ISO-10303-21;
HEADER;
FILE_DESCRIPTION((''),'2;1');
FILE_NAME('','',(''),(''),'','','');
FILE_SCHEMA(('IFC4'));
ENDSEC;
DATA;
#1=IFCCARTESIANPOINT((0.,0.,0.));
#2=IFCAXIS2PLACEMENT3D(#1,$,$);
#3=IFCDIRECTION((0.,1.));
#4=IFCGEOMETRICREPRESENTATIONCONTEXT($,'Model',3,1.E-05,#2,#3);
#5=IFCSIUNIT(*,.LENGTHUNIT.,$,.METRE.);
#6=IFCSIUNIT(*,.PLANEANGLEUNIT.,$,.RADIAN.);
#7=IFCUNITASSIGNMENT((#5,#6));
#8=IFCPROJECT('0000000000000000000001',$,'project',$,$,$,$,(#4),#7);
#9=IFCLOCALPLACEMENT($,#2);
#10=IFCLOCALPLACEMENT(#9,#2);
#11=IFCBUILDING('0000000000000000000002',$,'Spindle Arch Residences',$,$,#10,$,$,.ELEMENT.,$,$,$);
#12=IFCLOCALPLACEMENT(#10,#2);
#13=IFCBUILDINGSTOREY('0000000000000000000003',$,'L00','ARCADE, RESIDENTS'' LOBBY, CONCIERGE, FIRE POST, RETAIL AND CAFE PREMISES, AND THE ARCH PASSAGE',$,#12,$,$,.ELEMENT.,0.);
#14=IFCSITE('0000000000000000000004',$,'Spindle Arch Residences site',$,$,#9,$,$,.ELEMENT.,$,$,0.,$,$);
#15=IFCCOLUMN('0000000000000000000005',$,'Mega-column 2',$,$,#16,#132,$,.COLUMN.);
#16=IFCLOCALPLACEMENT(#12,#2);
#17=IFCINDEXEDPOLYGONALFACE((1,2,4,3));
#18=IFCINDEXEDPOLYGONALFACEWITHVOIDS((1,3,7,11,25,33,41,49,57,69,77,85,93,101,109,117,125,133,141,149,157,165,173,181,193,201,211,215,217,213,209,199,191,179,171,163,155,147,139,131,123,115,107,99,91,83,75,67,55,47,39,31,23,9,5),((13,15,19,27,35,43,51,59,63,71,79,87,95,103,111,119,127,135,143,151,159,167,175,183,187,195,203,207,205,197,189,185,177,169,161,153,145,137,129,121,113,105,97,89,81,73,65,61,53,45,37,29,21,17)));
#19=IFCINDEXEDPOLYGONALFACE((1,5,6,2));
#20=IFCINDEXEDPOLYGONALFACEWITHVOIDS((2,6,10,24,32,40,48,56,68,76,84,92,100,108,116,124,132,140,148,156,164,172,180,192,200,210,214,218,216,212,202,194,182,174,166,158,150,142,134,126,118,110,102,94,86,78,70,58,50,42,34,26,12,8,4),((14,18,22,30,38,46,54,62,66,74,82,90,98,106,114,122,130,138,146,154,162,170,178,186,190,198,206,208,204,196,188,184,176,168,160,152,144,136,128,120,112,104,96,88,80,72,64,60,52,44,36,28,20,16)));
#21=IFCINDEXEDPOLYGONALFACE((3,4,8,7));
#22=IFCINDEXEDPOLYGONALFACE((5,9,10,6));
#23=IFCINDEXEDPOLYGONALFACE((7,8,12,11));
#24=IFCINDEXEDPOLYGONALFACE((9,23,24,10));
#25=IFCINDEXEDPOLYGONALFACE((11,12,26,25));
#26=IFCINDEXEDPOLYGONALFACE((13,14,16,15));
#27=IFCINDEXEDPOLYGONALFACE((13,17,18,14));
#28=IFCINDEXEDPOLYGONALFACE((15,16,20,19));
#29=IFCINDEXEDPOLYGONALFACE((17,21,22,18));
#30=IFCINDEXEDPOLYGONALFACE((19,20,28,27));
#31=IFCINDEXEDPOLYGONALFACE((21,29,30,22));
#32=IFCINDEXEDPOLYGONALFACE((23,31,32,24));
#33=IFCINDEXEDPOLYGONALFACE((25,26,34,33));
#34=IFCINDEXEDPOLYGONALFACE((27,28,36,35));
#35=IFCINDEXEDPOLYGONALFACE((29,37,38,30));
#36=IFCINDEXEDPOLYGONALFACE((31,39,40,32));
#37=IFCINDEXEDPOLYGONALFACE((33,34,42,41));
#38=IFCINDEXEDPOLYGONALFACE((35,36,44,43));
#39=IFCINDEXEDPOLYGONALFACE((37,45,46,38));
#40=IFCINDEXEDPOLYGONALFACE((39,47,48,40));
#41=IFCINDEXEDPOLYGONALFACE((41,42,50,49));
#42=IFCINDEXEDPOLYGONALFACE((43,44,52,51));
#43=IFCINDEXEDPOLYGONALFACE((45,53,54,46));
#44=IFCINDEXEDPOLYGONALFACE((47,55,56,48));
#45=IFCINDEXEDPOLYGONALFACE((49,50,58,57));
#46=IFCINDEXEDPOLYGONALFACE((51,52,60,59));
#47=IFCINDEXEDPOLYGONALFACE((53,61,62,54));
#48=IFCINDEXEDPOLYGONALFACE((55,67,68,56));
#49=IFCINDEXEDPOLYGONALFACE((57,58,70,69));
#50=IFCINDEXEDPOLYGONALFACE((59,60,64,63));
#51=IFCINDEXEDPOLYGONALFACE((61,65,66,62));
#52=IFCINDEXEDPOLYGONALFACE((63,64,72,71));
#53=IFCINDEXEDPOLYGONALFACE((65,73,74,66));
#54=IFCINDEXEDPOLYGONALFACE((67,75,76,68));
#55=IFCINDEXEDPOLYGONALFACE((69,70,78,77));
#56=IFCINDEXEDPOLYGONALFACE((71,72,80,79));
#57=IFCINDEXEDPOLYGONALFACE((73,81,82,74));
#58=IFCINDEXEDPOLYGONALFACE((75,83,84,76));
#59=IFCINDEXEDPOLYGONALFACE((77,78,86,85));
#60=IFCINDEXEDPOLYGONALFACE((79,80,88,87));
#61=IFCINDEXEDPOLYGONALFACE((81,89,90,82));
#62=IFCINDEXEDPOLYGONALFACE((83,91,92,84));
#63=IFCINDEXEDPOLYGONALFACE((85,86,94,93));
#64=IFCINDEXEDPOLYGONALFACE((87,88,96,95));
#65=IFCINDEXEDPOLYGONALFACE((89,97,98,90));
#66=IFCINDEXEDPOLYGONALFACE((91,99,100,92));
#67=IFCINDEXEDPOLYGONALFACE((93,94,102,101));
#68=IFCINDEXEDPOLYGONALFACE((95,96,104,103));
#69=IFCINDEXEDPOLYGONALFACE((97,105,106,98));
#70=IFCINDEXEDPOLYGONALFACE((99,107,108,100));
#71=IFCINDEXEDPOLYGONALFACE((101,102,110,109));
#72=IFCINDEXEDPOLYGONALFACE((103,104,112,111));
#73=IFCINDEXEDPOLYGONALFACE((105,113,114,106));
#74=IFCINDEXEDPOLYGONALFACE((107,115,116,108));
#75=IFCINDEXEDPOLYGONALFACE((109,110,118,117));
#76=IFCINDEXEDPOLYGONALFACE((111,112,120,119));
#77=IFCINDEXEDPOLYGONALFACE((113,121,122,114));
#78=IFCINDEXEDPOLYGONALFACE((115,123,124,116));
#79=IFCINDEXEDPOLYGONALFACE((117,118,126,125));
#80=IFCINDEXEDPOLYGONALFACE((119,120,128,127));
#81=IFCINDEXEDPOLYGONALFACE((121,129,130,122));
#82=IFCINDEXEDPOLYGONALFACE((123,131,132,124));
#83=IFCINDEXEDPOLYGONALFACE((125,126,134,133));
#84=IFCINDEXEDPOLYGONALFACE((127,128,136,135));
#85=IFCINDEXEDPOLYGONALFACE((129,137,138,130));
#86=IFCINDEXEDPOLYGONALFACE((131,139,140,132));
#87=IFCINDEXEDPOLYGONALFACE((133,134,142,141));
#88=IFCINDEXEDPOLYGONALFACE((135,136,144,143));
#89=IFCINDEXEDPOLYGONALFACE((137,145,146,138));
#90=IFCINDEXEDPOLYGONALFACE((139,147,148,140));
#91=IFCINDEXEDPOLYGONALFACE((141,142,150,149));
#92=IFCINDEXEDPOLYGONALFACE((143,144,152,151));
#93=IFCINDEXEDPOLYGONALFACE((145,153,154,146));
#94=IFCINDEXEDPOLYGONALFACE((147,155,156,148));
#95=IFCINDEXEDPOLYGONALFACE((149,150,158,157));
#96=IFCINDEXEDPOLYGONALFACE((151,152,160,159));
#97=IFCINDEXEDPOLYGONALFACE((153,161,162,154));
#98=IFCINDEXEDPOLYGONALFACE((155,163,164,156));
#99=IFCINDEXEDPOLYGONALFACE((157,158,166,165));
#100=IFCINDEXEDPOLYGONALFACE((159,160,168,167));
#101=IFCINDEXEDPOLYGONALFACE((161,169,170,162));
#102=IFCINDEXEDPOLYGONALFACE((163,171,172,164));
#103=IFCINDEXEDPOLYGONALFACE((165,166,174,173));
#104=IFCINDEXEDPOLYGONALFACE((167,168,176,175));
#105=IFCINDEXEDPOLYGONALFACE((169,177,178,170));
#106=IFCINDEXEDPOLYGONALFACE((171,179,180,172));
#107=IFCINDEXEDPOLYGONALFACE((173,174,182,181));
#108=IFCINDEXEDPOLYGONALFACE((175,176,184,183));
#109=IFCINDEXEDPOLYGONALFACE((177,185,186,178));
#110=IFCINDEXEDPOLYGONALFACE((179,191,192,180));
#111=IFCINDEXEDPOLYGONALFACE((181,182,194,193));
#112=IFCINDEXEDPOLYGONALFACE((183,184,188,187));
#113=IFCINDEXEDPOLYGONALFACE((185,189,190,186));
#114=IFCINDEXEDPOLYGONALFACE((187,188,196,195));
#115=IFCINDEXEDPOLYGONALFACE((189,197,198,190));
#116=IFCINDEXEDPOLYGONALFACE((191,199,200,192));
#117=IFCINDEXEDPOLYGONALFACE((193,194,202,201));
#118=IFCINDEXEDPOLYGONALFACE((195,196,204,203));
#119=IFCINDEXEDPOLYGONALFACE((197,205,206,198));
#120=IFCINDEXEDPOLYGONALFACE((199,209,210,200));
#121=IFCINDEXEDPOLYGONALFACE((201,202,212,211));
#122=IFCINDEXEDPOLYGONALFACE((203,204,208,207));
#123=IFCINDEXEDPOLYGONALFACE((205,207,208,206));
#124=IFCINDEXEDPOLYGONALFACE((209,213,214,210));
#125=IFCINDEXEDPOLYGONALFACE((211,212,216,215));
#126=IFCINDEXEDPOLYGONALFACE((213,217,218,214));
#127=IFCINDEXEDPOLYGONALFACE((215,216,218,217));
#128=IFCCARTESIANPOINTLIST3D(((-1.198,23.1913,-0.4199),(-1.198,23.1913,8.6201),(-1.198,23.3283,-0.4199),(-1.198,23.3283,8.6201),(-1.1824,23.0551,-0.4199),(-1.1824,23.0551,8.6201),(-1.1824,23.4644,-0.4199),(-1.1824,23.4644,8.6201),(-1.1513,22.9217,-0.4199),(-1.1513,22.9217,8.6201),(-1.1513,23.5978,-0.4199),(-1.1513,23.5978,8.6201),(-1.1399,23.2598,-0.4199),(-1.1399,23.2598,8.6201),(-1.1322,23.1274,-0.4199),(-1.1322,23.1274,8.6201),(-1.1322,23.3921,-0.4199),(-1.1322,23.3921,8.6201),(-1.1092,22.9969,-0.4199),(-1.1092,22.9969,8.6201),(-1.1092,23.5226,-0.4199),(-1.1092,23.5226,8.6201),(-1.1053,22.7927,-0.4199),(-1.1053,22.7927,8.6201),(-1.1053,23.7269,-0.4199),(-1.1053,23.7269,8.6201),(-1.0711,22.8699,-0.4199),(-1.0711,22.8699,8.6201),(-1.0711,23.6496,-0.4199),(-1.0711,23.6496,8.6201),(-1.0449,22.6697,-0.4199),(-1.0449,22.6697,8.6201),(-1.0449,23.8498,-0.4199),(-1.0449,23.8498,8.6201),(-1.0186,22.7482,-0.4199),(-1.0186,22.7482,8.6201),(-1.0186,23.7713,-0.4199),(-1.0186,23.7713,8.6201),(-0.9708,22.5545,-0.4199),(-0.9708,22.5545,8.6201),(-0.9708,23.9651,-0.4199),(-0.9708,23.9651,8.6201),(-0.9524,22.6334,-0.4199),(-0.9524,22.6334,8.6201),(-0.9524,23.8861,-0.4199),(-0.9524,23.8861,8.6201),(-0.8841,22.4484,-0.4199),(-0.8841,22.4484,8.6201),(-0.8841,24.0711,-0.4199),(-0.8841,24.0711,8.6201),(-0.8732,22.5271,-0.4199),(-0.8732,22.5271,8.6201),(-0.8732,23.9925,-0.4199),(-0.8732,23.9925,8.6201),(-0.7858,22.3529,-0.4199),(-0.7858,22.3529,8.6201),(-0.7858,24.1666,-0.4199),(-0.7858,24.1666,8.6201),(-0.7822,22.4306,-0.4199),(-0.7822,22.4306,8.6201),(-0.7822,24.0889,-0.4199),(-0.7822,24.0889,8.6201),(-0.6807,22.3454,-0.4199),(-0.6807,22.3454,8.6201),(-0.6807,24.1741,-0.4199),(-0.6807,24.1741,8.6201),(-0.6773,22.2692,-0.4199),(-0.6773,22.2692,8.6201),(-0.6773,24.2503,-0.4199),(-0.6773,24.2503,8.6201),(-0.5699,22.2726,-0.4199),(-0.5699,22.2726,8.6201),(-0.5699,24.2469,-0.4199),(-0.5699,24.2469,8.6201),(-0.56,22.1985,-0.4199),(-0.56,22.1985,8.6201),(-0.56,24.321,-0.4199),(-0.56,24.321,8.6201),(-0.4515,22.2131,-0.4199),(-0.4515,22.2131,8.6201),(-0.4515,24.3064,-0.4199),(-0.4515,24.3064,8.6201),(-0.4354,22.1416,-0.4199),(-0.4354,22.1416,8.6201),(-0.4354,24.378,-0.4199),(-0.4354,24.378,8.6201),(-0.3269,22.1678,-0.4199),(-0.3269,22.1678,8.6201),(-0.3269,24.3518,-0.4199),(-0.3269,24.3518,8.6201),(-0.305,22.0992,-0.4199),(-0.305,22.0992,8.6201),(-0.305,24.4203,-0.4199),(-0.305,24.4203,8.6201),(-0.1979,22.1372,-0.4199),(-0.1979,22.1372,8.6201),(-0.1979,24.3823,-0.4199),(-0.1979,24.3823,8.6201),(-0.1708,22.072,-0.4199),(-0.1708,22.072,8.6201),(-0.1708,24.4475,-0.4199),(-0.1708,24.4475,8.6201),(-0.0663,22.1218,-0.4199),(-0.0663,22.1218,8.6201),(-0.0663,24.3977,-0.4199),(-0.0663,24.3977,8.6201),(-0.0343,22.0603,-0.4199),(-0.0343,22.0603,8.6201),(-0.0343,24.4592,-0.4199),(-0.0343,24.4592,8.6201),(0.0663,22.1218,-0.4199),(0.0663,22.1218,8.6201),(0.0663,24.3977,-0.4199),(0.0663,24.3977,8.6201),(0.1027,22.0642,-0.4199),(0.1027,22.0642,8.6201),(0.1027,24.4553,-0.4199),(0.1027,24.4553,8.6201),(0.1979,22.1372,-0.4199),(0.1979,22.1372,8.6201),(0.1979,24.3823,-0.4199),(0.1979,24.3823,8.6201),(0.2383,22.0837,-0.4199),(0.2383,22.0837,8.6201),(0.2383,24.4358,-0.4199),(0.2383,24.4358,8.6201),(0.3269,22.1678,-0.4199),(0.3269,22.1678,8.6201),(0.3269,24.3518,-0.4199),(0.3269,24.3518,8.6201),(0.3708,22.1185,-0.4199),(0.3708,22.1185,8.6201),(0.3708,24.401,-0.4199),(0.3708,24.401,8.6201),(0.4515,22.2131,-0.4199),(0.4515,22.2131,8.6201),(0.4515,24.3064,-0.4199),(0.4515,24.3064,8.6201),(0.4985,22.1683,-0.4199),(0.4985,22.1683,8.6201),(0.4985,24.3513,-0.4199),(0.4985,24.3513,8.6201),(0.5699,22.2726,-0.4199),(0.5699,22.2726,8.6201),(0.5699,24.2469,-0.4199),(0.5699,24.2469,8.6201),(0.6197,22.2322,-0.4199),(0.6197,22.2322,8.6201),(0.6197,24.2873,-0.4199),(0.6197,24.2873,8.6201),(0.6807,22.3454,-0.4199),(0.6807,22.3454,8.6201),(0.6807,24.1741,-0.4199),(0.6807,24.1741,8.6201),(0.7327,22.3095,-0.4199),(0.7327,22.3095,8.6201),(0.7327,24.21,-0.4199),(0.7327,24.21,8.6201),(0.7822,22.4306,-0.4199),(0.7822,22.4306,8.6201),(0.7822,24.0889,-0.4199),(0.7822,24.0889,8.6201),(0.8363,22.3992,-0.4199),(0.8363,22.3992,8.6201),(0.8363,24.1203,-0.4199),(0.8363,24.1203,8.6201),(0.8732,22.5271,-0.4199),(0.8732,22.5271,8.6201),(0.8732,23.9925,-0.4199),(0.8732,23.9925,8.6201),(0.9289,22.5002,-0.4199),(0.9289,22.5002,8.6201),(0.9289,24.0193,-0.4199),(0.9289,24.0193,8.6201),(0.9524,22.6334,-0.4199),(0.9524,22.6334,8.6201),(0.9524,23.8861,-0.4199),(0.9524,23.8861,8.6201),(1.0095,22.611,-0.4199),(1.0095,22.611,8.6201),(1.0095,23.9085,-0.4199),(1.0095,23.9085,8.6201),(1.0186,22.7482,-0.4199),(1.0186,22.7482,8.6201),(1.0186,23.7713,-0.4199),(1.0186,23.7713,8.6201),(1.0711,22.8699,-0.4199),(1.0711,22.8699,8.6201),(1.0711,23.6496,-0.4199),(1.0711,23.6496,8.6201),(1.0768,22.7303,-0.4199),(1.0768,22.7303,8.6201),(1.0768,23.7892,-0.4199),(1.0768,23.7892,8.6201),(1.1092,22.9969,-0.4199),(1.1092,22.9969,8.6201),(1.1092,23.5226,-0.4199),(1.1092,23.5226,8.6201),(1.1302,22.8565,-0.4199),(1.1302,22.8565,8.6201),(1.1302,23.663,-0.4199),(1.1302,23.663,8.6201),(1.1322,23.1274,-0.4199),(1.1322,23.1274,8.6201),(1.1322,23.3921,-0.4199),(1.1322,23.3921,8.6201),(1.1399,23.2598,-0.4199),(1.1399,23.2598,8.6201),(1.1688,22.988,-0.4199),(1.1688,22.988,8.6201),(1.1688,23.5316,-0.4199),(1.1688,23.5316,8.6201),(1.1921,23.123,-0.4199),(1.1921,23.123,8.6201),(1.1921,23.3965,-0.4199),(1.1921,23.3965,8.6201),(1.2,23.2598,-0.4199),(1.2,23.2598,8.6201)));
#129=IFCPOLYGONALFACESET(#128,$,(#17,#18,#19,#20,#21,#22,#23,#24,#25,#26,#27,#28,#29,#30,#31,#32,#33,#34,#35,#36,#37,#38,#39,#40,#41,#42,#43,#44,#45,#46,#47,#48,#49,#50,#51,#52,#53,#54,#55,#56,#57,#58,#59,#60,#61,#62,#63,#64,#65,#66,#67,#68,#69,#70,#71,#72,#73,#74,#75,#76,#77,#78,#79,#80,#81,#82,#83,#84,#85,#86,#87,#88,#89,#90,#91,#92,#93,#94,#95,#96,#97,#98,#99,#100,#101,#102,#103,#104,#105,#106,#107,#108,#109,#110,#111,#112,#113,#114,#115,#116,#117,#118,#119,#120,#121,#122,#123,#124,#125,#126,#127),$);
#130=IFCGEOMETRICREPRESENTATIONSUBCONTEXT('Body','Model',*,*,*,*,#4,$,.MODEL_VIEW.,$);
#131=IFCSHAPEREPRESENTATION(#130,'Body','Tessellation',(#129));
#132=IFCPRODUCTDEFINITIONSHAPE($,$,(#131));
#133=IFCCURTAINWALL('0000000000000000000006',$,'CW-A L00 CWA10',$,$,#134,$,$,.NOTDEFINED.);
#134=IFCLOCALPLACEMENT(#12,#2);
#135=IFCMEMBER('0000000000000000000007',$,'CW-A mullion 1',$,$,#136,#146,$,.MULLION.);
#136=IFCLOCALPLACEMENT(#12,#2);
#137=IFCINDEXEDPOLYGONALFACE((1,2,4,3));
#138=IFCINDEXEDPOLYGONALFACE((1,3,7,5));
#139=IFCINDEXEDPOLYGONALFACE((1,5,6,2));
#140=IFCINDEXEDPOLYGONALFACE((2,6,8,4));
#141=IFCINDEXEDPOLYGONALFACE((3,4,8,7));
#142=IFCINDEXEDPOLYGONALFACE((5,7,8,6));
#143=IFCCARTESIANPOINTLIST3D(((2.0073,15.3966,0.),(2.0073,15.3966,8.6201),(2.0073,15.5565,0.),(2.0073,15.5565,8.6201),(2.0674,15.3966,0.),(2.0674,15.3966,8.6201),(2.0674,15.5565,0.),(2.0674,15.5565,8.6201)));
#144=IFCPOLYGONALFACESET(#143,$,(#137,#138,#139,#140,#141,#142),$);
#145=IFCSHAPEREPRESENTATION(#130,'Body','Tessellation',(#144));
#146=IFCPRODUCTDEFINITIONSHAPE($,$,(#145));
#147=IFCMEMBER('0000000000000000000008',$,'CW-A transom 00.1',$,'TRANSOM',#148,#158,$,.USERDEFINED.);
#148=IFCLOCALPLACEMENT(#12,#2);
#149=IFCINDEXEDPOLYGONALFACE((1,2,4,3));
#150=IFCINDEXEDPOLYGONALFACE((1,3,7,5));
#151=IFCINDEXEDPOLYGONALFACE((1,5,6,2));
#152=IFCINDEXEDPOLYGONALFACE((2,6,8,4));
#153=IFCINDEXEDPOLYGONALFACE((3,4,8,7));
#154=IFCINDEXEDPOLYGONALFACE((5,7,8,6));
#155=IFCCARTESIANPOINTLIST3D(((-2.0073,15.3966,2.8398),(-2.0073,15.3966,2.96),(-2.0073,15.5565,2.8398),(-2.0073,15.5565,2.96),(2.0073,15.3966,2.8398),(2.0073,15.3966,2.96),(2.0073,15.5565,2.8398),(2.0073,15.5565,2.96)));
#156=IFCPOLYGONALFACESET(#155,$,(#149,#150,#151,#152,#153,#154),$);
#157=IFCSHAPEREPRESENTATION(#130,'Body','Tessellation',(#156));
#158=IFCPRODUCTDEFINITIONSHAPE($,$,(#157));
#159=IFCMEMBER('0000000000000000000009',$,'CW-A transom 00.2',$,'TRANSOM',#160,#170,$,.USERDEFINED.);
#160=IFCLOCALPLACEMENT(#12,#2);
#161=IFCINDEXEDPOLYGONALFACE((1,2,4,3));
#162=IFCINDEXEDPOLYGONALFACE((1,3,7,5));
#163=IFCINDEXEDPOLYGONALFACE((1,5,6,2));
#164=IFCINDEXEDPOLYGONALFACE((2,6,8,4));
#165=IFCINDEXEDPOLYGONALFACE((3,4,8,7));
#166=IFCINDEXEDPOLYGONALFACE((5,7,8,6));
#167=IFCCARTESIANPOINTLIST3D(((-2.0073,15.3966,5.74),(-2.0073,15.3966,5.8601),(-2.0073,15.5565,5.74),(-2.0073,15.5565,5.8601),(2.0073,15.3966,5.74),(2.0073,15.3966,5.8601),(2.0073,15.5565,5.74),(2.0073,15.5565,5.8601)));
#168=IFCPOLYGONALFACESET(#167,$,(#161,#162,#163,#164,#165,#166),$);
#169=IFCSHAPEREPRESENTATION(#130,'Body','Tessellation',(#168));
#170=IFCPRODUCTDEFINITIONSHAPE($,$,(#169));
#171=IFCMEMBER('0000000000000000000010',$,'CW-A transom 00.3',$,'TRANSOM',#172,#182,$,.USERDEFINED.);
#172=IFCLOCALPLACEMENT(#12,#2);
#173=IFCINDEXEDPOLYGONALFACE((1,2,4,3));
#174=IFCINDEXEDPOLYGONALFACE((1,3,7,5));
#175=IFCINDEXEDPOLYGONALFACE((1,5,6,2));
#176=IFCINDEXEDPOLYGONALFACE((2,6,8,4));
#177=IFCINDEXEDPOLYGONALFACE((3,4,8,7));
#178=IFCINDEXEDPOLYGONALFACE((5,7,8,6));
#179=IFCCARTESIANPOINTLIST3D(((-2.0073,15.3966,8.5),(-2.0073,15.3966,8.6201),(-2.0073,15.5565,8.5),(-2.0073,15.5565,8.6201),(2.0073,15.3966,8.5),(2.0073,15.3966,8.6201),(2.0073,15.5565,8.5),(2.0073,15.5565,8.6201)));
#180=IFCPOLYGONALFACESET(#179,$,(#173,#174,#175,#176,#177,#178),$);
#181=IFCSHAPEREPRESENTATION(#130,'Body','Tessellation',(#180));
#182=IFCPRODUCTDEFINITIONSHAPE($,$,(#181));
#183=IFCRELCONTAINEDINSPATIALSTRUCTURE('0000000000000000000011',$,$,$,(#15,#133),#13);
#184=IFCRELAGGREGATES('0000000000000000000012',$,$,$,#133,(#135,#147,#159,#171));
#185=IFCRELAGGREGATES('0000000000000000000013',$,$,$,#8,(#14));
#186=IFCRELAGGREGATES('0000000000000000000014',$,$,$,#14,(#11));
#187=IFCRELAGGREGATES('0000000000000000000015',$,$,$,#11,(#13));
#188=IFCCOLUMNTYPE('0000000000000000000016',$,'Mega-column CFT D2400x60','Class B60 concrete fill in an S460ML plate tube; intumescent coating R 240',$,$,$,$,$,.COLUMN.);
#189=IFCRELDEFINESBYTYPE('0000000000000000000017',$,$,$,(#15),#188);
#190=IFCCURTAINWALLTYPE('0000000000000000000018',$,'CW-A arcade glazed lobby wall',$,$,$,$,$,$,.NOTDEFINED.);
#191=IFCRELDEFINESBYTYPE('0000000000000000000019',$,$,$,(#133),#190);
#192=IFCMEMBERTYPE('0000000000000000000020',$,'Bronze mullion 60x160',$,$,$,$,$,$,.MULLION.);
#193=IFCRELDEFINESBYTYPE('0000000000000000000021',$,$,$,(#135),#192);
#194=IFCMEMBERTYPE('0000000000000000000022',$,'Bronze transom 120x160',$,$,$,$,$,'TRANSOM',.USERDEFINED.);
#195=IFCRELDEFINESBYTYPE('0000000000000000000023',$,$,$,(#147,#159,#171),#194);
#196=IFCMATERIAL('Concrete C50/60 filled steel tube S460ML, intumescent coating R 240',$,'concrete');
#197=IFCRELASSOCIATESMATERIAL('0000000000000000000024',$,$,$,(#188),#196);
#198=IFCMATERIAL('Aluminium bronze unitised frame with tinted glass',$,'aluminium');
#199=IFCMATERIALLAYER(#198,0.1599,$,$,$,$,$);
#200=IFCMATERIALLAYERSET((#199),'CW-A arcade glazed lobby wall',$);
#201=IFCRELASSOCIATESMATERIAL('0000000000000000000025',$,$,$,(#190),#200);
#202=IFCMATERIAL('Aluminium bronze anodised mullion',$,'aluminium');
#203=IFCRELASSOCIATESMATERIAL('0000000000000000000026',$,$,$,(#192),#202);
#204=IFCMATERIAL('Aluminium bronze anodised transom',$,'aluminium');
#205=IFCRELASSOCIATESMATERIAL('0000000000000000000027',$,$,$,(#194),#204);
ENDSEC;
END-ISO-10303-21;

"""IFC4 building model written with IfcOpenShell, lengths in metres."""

from ifc_helpers import new_model, si_unit, direction, frame, origin, origin_2d, place, context, subcontext, project, spatial, rectangle, hollow_circle, extrude, material, layer, layer_set, material_profile, profile_set, type_object, element, aggregate, save


model = new_model("IFC4")

# Units and contexts
model_context = context("Model", 3, precision=1e-05, world=origin(), true_north=direction((0.0, 1.0)))
body_context = subcontext(model_context, "Body", "Model", "MODEL_VIEW")
ifc_project = project(units=[si_unit("LENGTHUNIT", "METRE"), si_unit("PLANEANGLEUNIT", "RADIAN")], contexts=[model_context])

# Site, building, storey
site_placement = place(None, origin())
site = spatial("IfcSite", under=ifc_project, at=site_placement, Name="Spindle Arch Residences site", CompositionType="ELEMENT", RefElevation=0.0)
building_placement = place(site_placement, origin())
building = spatial("IfcBuilding", under=site, at=building_placement, Name="Spindle Arch Residences", CompositionType="ELEMENT")
storey_placement = place(building_placement, origin())
storey = spatial("IfcBuildingStorey", under=building, at=storey_placement, Name="L00", Description="ARCADE, RESIDENTS' LOBBY, CONCIERGE, FIRE POST, RETAIL AND CAFE PREMISES, AND THE ARCH PASSAGE", CompositionType="ELEMENT", Elevation=0.0)

# Column
ifc_material_1 = material(Name="Concrete C50/60 filled steel tube S460ML, intumescent coating R 240", Category="concrete")
ifc_material_profile_1 = material_profile(ifc_material_1, hollow_circle(Radius=1.2, WallThickness=0.0601, at=origin_2d()), Name="CFT D2400x60")
ifc_profile_set_1 = profile_set([ifc_material_profile_1], Name="Concrete C50/60 filled steel tube S460ML, intumescent coating R 240")
column_type_1 = type_object("IfcColumnType", Name="Mega-column CFT D2400x60", Description="Class B60 concrete fill in an S460ML plate tube; intumescent coating R 240", PredefinedType="COLUMN", material=ifc_profile_set_1)
column_placement = place(storey_placement, frame((0.0, 23.2598, -0.4199), z_axis=(0.0, 0.0, 1.0), x_axis=(1.0, 0.0, 0.0)))
element("IfcColumn", 1, at=column_placement, inside=storey, type_object=column_type_1, Name="Mega-column 2", PredefinedType="COLUMN", context=body_context, shape_type="SweptSolid", body=[
    extrude(hollow_circle(Radius=1.2, WallThickness=0.0601, at=origin_2d()), origin(), (0.0, 0.0, 1.0), 9.04),
])

# Curtain wall, members
ifc_material_2 = material(Name="Aluminium bronze unitised frame with tinted glass", Category="aluminium")
ifc_layer_1 = layer(ifc_material_2, 0.1599)
ifc_layer_set_1 = layer_set([ifc_layer_1], Name="CW-A arcade glazed lobby wall")
curtain_wall_type = type_object("IfcCurtainWallType", Name="CW-A arcade glazed lobby wall", PredefinedType="NOTDEFINED", material=ifc_layer_set_1)
curtain_wall_1_placement = place(storey_placement, origin())
curtain_wall_1 = element("IfcCurtainWall", 2, at=curtain_wall_1_placement, inside=storey, type_object=curtain_wall_type, Name="CW-A L00 CWA10", PredefinedType="NOTDEFINED")
ifc_material_3 = material(Name="Aluminium bronze anodised mullion", Category="aluminium")
ifc_material_profile_2 = material_profile(ifc_material_3, rectangle(XDim=0.1599, YDim=0.0601, at=origin_2d()), Name="MU 60x160")
ifc_profile_set_2 = profile_set([ifc_material_profile_2], Name="Aluminium bronze anodised mullion")
member_type_1 = type_object("IfcMemberType", Name="Bronze mullion 60x160", PredefinedType="MULLION", material=ifc_profile_set_2)
member_1_placement = place(storey_placement, frame((2.0374, 15.4766, 0.0), z_axis=(0.0, 0.0, 1.0), x_axis=(0.0, -1.0, 0.0)))
member_1 = element("IfcMember", 3, at=member_1_placement, type_object=member_type_1, Name="CW-A mullion 1", PredefinedType="MULLION", context=body_context, shape_type="SweptSolid", body=[
    extrude(rectangle(XDim=0.1599, YDim=0.0601, at=origin_2d()), origin(), (0.0, 0.0, 1.0), 8.6201),
])
ifc_material_4 = material(Name="Aluminium bronze anodised transom", Category="aluminium")
ifc_material_profile_3 = material_profile(ifc_material_4, rectangle(XDim=0.1599, YDim=0.1201, at=origin_2d()), Name="TR 120x160")
ifc_profile_set_3 = profile_set([ifc_material_profile_3], Name="Aluminium bronze anodised transom")
member_type_2 = type_object("IfcMemberType", Name="Bronze transom 120x160", ElementType="TRANSOM", PredefinedType="USERDEFINED", material=ifc_profile_set_3)
member_2_placement = place(storey_placement, frame((2.0073, 15.4766, 2.8999), z_axis=(-1.0, 0.0, 0.0), x_axis=(0.0, -1.0, 0.0)))
member_2 = element("IfcMember", 4, at=member_2_placement, type_object=member_type_2, Name="CW-A transom 00.1", ObjectType="TRANSOM", PredefinedType="USERDEFINED", context=body_context, shape_type="SweptSolid", body=[
    extrude(rectangle(XDim=0.1599, YDim=0.1201, at=origin_2d()), origin(), (0.0, 0.0, 1.0), 4.0146),
])
member_3_placement = place(storey_placement, frame((2.0073, 15.4766, 5.8), z_axis=(-1.0, 0.0, 0.0), x_axis=(0.0, -1.0, 0.0)))
member_3 = element("IfcMember", 5, at=member_3_placement, type_object=member_type_2, Name="CW-A transom 00.2", ObjectType="TRANSOM", PredefinedType="USERDEFINED", context=body_context, shape_type="SweptSolid", body=[
    extrude(rectangle(XDim=0.1599, YDim=0.1201, at=origin_2d()), origin(), (0.0, 0.0, 1.0), 4.0146),
])
member_4_placement = place(storey_placement, frame((2.0073, 15.4766, 8.5601), z_axis=(-1.0, 0.0, 0.0), x_axis=(0.0, -1.0, 0.0)))
member_4 = element("IfcMember", 6, at=member_4_placement, type_object=member_type_2, Name="CW-A transom 00.3", ObjectType="TRANSOM", PredefinedType="USERDEFINED", context=body_context, shape_type="SweptSolid", body=[
    extrude(rectangle(XDim=0.1599, YDim=0.1201, at=origin_2d()), origin(), (0.0, 0.0, 1.0), 4.0146),
])

aggregate(curtain_wall_1, [member_1, member_2, member_3, member_4])

save(model, "model.ifc")
